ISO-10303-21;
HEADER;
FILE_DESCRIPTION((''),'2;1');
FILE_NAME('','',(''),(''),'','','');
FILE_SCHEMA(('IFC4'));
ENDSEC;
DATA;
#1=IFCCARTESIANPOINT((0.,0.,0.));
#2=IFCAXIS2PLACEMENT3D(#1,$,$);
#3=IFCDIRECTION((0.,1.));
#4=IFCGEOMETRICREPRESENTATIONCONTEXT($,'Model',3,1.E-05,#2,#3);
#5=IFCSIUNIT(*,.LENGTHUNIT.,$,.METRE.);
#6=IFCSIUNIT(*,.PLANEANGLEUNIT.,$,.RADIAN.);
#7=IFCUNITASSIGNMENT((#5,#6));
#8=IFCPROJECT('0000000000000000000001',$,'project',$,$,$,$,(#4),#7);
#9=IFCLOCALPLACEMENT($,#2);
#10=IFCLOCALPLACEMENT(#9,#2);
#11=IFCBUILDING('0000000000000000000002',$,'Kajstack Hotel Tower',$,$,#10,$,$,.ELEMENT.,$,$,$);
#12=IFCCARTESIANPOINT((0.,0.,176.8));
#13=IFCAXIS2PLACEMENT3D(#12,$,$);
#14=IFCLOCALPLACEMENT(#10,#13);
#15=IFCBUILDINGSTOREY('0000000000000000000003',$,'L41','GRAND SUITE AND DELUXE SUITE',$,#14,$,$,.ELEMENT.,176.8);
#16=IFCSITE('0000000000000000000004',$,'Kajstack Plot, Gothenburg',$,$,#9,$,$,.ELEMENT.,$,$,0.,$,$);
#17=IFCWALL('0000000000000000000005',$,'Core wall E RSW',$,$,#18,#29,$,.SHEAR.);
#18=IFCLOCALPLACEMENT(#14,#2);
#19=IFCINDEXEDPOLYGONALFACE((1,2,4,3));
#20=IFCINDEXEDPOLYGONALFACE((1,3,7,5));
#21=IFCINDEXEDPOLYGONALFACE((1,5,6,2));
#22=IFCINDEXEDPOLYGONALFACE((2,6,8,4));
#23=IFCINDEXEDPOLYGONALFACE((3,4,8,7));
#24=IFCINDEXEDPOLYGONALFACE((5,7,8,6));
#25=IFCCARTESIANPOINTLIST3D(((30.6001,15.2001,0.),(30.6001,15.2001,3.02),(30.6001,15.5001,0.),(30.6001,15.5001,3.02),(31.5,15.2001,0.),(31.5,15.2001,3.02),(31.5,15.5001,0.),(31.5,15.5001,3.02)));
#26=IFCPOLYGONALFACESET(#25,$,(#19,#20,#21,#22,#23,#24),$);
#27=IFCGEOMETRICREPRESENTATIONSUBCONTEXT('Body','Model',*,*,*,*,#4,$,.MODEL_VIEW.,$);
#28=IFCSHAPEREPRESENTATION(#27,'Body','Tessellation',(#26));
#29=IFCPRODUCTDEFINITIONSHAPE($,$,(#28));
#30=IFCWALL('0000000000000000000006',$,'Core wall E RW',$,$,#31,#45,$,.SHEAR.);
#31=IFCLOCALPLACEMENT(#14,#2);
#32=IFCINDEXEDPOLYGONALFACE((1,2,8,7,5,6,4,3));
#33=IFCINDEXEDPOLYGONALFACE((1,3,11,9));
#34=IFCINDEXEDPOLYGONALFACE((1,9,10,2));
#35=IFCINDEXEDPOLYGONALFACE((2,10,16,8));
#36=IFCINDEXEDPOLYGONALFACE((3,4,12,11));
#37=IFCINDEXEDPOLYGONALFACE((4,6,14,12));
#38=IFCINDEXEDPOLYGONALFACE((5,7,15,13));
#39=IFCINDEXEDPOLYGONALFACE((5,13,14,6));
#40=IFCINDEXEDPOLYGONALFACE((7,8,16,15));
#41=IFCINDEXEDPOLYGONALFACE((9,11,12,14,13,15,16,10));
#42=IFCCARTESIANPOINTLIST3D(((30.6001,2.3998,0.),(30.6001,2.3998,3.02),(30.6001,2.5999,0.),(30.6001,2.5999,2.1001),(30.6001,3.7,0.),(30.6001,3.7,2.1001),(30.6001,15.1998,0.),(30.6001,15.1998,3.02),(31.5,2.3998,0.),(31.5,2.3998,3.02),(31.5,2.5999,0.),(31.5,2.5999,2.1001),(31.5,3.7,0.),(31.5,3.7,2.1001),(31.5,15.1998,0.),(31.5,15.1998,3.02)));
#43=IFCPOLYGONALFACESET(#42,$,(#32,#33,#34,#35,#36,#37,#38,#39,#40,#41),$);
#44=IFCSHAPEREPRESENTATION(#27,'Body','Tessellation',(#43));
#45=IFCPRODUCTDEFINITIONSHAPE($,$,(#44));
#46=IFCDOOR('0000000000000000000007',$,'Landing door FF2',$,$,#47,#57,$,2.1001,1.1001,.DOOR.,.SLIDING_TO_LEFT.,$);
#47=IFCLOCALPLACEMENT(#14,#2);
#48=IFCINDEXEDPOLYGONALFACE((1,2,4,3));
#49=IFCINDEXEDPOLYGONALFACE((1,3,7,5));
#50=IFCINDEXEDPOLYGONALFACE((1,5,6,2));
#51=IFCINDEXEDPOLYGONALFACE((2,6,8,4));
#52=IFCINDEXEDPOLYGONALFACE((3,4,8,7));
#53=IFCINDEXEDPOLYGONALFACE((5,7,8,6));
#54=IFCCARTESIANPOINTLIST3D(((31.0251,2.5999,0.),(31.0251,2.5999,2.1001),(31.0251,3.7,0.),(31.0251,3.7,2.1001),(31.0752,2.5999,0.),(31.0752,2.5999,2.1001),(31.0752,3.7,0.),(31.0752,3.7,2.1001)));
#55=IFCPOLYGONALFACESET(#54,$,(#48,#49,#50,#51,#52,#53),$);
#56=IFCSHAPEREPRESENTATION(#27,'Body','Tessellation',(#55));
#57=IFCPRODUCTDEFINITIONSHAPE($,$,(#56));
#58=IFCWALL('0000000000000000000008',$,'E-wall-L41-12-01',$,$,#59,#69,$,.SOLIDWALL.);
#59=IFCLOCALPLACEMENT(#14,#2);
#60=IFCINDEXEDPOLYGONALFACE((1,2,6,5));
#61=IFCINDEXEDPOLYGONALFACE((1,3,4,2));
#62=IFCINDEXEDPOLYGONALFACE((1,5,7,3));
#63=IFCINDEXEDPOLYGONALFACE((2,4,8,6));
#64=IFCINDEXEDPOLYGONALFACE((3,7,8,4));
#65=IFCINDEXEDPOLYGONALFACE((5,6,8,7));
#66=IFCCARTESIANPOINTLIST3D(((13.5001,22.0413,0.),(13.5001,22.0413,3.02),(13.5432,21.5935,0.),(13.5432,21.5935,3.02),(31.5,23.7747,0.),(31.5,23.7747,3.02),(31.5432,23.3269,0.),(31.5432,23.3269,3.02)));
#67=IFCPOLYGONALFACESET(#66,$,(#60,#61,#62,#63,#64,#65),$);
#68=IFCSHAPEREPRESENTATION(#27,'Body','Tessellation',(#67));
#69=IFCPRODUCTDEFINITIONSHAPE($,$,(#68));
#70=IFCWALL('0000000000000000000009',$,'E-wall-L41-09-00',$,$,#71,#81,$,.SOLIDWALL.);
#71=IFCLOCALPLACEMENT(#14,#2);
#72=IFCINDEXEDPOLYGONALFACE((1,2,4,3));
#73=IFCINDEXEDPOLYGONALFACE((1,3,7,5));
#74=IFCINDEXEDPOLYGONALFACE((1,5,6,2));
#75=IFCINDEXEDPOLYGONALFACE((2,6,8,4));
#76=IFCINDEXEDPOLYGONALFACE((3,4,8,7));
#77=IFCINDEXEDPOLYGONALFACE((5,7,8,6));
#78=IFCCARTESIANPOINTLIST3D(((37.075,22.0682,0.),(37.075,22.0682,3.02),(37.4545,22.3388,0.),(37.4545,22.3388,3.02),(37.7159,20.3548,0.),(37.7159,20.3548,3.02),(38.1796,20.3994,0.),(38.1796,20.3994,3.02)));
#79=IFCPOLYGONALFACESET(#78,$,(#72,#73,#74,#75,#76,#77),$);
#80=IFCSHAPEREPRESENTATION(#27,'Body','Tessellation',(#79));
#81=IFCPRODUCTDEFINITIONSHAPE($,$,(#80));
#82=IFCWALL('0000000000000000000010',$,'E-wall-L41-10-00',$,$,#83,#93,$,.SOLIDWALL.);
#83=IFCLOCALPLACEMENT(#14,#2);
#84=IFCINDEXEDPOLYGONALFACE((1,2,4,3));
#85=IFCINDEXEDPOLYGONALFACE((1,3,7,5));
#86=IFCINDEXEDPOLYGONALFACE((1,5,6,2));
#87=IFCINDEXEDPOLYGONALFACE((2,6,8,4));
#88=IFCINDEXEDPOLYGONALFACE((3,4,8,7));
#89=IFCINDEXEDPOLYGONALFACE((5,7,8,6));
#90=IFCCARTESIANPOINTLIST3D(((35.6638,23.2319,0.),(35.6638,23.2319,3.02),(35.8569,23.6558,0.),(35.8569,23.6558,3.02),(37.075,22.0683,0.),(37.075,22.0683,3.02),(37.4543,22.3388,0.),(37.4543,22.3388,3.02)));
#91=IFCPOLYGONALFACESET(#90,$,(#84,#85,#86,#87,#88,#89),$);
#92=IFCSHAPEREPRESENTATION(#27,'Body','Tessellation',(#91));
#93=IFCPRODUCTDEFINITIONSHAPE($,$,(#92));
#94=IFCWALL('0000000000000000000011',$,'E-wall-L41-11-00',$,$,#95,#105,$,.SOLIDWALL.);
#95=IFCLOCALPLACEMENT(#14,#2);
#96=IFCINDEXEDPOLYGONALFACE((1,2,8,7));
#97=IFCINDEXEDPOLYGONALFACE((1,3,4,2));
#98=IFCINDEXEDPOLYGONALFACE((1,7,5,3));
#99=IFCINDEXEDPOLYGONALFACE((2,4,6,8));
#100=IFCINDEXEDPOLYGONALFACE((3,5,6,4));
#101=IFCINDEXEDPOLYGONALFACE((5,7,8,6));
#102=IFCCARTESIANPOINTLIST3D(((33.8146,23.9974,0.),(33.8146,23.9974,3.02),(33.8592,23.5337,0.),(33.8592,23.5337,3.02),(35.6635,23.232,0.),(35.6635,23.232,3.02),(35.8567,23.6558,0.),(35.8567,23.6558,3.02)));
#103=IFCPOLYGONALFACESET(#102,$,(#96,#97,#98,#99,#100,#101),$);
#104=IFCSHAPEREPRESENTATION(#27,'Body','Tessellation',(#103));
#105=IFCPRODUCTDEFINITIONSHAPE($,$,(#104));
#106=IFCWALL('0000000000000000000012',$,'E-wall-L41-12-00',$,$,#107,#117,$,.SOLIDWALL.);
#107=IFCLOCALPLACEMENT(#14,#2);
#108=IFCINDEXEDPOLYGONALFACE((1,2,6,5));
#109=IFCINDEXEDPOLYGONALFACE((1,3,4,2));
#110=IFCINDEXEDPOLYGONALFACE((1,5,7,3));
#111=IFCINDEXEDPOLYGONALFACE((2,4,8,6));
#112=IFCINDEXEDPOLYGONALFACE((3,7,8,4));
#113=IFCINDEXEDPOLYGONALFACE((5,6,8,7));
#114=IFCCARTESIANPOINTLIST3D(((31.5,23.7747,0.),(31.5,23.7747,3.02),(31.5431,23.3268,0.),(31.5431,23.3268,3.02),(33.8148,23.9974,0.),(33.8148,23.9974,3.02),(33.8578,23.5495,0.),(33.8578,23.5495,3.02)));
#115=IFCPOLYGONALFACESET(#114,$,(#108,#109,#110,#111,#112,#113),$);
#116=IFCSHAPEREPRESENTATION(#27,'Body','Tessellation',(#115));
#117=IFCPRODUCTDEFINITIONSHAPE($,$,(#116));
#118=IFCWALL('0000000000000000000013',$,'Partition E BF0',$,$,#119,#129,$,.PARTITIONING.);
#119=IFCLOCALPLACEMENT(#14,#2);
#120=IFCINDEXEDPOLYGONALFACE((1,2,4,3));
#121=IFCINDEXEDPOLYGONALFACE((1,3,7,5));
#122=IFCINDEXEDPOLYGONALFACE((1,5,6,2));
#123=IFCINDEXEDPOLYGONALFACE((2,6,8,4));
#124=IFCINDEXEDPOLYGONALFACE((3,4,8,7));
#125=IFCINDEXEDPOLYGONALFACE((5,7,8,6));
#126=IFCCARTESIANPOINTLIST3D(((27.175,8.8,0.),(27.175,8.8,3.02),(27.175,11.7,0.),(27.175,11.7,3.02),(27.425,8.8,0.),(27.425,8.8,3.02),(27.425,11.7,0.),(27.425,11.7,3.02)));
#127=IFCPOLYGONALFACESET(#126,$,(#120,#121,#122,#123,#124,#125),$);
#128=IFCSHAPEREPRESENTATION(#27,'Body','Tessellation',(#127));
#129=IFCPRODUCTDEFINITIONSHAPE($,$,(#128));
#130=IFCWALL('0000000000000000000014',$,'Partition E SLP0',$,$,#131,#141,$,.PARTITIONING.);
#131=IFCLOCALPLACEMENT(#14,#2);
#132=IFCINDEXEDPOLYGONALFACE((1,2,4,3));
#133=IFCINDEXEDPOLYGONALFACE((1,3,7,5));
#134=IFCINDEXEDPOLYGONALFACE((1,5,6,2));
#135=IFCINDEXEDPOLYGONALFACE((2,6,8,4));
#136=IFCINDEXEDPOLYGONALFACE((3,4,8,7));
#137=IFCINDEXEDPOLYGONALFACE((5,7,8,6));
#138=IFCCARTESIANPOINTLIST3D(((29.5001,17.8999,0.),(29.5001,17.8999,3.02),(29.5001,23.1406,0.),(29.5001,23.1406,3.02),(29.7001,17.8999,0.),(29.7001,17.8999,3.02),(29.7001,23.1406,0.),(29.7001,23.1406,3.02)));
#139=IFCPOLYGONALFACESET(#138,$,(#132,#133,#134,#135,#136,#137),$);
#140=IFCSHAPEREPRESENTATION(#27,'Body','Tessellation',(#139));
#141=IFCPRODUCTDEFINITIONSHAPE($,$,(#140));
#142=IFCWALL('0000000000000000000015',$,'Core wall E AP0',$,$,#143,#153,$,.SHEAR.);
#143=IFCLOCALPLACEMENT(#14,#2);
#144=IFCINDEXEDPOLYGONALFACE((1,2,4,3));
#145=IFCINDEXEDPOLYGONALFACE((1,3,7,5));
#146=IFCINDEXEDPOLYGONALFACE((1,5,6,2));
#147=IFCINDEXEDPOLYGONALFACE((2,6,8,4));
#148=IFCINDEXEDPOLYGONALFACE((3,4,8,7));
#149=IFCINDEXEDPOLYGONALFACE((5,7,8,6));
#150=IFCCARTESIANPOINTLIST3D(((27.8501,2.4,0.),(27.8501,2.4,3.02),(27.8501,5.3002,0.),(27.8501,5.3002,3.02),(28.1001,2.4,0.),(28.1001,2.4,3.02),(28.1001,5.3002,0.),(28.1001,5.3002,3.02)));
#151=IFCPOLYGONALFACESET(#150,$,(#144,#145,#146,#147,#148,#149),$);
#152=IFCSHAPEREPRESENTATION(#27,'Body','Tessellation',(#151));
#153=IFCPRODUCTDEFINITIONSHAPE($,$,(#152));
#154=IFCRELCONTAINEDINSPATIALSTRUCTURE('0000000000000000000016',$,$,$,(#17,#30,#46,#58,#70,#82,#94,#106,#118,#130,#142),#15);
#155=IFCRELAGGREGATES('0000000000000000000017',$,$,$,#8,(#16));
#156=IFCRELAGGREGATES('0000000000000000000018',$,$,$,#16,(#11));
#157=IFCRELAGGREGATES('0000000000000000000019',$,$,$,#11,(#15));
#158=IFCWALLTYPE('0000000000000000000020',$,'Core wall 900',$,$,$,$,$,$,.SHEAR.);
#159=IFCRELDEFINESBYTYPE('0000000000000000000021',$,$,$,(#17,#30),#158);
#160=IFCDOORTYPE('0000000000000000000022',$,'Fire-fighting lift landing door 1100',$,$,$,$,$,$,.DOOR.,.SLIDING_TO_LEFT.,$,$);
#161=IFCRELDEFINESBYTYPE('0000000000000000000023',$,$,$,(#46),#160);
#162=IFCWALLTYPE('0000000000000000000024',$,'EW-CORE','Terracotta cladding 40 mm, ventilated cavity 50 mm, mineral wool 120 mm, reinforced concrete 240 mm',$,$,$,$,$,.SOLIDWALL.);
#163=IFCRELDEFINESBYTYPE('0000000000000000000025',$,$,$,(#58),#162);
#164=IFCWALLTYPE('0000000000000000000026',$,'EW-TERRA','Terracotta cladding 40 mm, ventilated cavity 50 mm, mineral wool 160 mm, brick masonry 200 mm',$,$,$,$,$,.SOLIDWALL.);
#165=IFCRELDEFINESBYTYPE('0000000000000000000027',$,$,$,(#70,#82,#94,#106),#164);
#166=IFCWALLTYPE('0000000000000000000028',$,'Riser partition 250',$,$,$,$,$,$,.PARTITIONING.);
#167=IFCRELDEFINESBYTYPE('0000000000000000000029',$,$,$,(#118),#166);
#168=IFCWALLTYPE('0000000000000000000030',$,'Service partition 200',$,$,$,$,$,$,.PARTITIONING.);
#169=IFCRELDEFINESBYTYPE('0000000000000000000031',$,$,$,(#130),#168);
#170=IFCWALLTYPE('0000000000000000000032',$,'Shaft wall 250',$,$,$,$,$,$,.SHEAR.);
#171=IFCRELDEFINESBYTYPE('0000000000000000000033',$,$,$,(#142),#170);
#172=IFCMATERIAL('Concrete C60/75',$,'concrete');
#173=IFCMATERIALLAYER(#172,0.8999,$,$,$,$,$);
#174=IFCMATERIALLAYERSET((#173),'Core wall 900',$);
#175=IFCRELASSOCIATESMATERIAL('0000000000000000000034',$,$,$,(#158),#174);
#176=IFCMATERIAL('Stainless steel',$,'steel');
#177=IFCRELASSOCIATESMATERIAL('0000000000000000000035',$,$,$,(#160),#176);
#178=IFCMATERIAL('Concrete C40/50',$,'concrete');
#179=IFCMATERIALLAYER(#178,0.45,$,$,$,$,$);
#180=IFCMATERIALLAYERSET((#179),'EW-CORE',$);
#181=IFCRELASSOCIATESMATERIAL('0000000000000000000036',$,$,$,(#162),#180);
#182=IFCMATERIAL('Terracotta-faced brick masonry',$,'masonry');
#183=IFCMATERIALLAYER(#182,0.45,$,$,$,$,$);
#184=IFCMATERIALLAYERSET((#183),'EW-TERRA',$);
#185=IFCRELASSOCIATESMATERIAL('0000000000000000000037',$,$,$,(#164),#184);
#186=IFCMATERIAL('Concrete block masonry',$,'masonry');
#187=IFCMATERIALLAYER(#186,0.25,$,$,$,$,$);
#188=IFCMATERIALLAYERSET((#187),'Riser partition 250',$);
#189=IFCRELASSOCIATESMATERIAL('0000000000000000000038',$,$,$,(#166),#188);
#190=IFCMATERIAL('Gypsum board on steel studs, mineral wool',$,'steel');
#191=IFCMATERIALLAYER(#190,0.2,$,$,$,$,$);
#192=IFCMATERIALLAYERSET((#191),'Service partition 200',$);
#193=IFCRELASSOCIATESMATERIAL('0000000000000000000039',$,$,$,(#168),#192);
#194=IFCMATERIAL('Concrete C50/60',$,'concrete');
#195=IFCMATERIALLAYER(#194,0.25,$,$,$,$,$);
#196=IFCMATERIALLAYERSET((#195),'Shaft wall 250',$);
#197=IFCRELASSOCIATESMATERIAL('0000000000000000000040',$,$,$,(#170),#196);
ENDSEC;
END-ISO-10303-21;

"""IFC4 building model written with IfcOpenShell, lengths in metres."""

from ifc_helpers import new_model, si_unit, direction, frame, frame_2d, origin, place, context, subcontext, project, spatial, polyline, rectangle, outline, extrude, material, layer, layer_set, type_object, element, fill, save


model = new_model("IFC4")

# Units and contexts
model_context = context("Model", 3, precision=1e-05, world=origin(), true_north=direction((0.0, 1.0)))
body_context = subcontext(model_context, "Body", "Model", "MODEL_VIEW")
ifc_project = project(units=[si_unit("LENGTHUNIT", "METRE"), si_unit("PLANEANGLEUNIT", "RADIAN")], contexts=[model_context])

# Site, building, storey
site_placement = place(None, origin())
site = spatial("IfcSite", under=ifc_project, at=site_placement, Name="Kajstack Plot, Gothenburg", CompositionType="ELEMENT", RefElevation=0.0)
building_placement = place(site_placement, origin())
building = spatial("IfcBuilding", under=site, at=building_placement, Name="Kajstack Hotel Tower", CompositionType="ELEMENT")
storey_placement = place(building_placement, frame((0.0, 0.0, 176.8)))
storey = spatial("IfcBuildingStorey", under=building, at=storey_placement, Name="L41", Description="GRAND SUITE AND DELUXE SUITE", CompositionType="ELEMENT", Elevation=176.8)

# Wall
ifc_material_1 = material(Name="Concrete C60/75", Category="concrete")
ifc_layer_1 = layer(ifc_material_1, 0.8999)
ifc_layer_set_1 = layer_set([ifc_layer_1], Name="Core wall 900")
wall_type_1 = type_object("IfcWallType", Name="Core wall 900", PredefinedType="SHEAR", material=ifc_layer_set_1)
wall_1_placement = place(storey_placement, frame((30.6001, 15.3501, 0.0), z_axis=(0.0, 0.0, 1.0), x_axis=(1.0, 0.0, 0.0)))
element("IfcWall", 1, at=wall_1_placement, inside=storey, type_object=wall_type_1, Name="Core wall E RSW", PredefinedType="SHEAR", context=body_context, shape_type="SweptSolid", body=[
    extrude(rectangle(XDim=0.8999, YDim=0.3, at=frame_2d((0.45, 0.0))), origin(), (0.0, 0.0, 1.0), 3.02),
])

# Wall, opening, door
wall_2_placement = place(storey_placement, frame((31.05, 2.3999, 0.0), z_axis=(0.0, 0.0, 1.0), x_axis=(0.0, 1.0, 0.0)))
wall_2 = element("IfcWall", 2, at=wall_2_placement, inside=storey, type_object=wall_type_1, Name="Core wall E RW", PredefinedType="SHEAR", context=body_context, shape_type="SweptSolid", body=[
    extrude(rectangle(XDim=12.8, YDim=0.8999, at=frame_2d((6.3999, 0.0))), origin(), (0.0, 0.0, 1.0), 3.02),
])
opening_1_placement = place(wall_2_placement, frame((0.2, 0.0, 0.0)))
opening_1 = element("IfcOpeningElement", 3, at=opening_1_placement, cuts=wall_2, PredefinedType="OPENING", context=body_context, shape_type="SweptSolid", body=[
    extrude(rectangle(XDim=1.1001, YDim=2.1001, at=frame_2d((0.55, 1.05))), frame((0.0, 0.46, 0.0), z_axis=(0.0, -1.0, 0.0), x_axis=(1.0, 0.0, 0.0)), (0.0, 0.0, 1.0), 0.9199),
])
ifc_material_2 = material(Name="Stainless steel", Category="steel")
door_type_1 = type_object("IfcDoorType", Name="Fire-fighting lift landing door 1100", OperationType="SLIDING_TO_LEFT", PredefinedType="DOOR", material=ifc_material_2)
door_1_placement = place(opening_1_placement, origin())
door_1 = element("IfcDoor", 4, at=door_1_placement, inside=storey, type_object=door_type_1, Name="Landing door FF2", OperationType="SLIDING_TO_LEFT", OverallHeight=2.1001, OverallWidth=1.1001, PredefinedType="DOOR", context=body_context, shape_type="SweptSolid", body=[
    extrude(rectangle(XDim=1.1001, YDim=2.1001, at=frame_2d((0.55, 1.05))), frame((0.0, 0.0249, 0.0), z_axis=(0.0, -1.0, 0.0), x_axis=(1.0, 0.0, 0.0)), (0.0, 0.0, 1.0), 0.05),
])
fill(opening_1, door_1)

# Walls
ifc_material_3 = material(Name="Concrete C40/50", Category="concrete")
ifc_layer_2 = layer(ifc_material_3, 0.45)
ifc_layer_set_2 = layer_set([ifc_layer_2], Name="EW-CORE")
wall_type_2 = type_object("IfcWallType", Name="EW-CORE", Description="Terracotta cladding 40 mm, ventilated cavity 50 mm, mineral wool 120 mm, reinforced concrete 240 mm", PredefinedType="SOLIDWALL", material=ifc_layer_set_2)
wall_3_placement = place(storey_placement, frame((31.5215, 23.5508, 0.0), z_axis=(0.0, 0.0, 1.0), x_axis=(-0.995395, -0.095856, 0.0)))
element("IfcWall", 5, at=wall_3_placement, inside=storey, type_object=wall_type_2, Name="E-wall-L41-12-01", PredefinedType="SOLIDWALL", context=body_context, shape_type="SweptSolid", body=[
    extrude(rectangle(XDim=18.0833, YDim=0.45, at=frame_2d((9.0415, 0.0))), origin(), (0.0, 0.0, 1.0), 3.02),
])
ifc_material_4 = material(Name="Terracotta-faced brick masonry", Category="masonry")
ifc_layer_3 = layer(ifc_material_4, 0.45)
ifc_layer_set_3 = layer_set([ifc_layer_3], Name="EW-TERRA")
wall_type_3 = type_object("IfcWallType", Name="EW-TERRA", Description="Terracotta cladding 40 mm, ventilated cavity 50 mm, mineral wool 160 mm, brick masonry 200 mm", PredefinedType="SOLIDWALL", material=ifc_layer_set_3)
wall_4_placement = place(storey_placement, frame((37.9688, 20.3206, 0.0), z_axis=(0.0, 0.0, 1.0), x_axis=(-0.350193, 0.936678, 0.0)))
element("IfcWall", 6, at=wall_4_placement, inside=storey, type_object=wall_type_3, Name="E-wall-L41-09-00", PredefinedType="SOLIDWALL", context=body_context, shape_type="SweptSolid", body=[
    extrude(outline(polyline([(0.0, -0.2251), (2.0706, -0.2251), (1.95, 0.2251), (0.1206, 0.2249), (0.0, -0.2251)])), origin(), (0.0, 0.0, 1.0), 3.02),
])
wall_5_placement = place(storey_placement, frame((37.3113, 22.1653, 0.0), z_axis=(0.0, 0.0, 1.0), x_axis=(-0.771651, 0.636046, 0.0)))
element("IfcWall", 7, at=wall_5_placement, inside=storey, type_object=wall_type_3, Name="E-wall-L41-10-00", PredefinedType="SOLIDWALL", context=body_context, shape_type="SweptSolid", body=[
    extrude(outline(polyline([(0.0, -0.2249), (2.0703, -0.2251), (1.9497, 0.2249), (0.1206, 0.2251), (0.0, -0.2249)])), origin(), (0.0, 0.0, 1.0), 3.02),
])
wall_6_placement = place(storey_placement, frame((35.8196, 23.4338, 0.0), z_axis=(0.0, 0.0, 1.0), x_axis=(-0.986279, 0.165087, 0.0)))
element("IfcWall", 8, at=wall_6_placement, inside=storey, type_object=wall_type_3, Name="E-wall-L41-11-00", PredefinedType="SOLIDWALL", context=body_context, shape_type="SweptSolid", body=[
    extrude(outline(polyline([(0.0, -0.2251), (2.0706, -0.2249), (1.95, 0.2251), (0.1206, 0.2249), (0.0, -0.2251)])), origin(), (0.0, 0.0, 1.0), 3.02),
])
wall_7_placement = place(storey_placement, frame((33.8362, 23.7734, 0.0), z_axis=(0.0, 0.0, 1.0), x_axis=(-0.995405, -0.09575, 0.0)))
element("IfcWall", 9, at=wall_7_placement, inside=storey, type_object=wall_type_3, Name="E-wall-L41-12-00", PredefinedType="SOLIDWALL", context=body_context, shape_type="SweptSolid", body=[
    extrude(rectangle(XDim=2.3254, YDim=0.45, at=frame_2d((1.1626, 0.0))), origin(), (0.0, 0.0, 1.0), 3.02),
])
ifc_material_5 = material(Name="Concrete block masonry", Category="masonry")
ifc_layer_4 = layer(ifc_material_5, 0.25)
ifc_layer_set_4 = layer_set([ifc_layer_4], Name="Riser partition 250")
wall_type_4 = type_object("IfcWallType", Name="Riser partition 250", PredefinedType="PARTITIONING", material=ifc_layer_set_4)
wall_8_placement = place(storey_placement, frame((27.3, 8.8, 0.0), z_axis=(0.0, 0.0, 1.0), x_axis=(0.0, 1.0, 0.0)))
element("IfcWall", 10, at=wall_8_placement, inside=storey, type_object=wall_type_4, Name="Partition E BF0", PredefinedType="PARTITIONING", context=body_context, shape_type="SweptSolid", body=[
    extrude(rectangle(XDim=2.8999, YDim=0.25, at=frame_2d((1.45, 0.0))), origin(), (0.0, 0.0, 1.0), 3.02),
])
ifc_material_6 = material(Name="Gypsum board on steel studs, mineral wool", Category="steel")
ifc_layer_5 = layer(ifc_material_6, 0.2)
ifc_layer_set_5 = layer_set([ifc_layer_5], Name="Service partition 200")
wall_type_5 = type_object("IfcWallType", Name="Service partition 200", PredefinedType="PARTITIONING", material=ifc_layer_set_5)
wall_9_placement = place(storey_placement, frame((29.6001, 17.8999, 0.0), z_axis=(0.0, 0.0, 1.0), x_axis=(0.0, 1.0, 0.0)))
element("IfcWall", 11, at=wall_9_placement, inside=storey, type_object=wall_type_5, Name="Partition E SLP0", PredefinedType="PARTITIONING", context=body_context, shape_type="SweptSolid", body=[
    extrude(rectangle(XDim=5.2407, YDim=0.2, at=frame_2d((2.6204, 0.0))), origin(), (0.0, 0.0, 1.0), 3.02),
])
ifc_material_7 = material(Name="Concrete C50/60", Category="concrete")
ifc_layer_6 = layer(ifc_material_7, 0.25)
ifc_layer_set_6 = layer_set([ifc_layer_6], Name="Shaft wall 250")
wall_type_6 = type_object("IfcWallType", Name="Shaft wall 250", PredefinedType="SHEAR", material=ifc_layer_set_6)
wall_10_placement = place(storey_placement, frame((27.9751, 2.3999, 0.0), z_axis=(0.0, 0.0, 1.0), x_axis=(0.0, 1.0, 0.0)))
element("IfcWall", 12, at=wall_10_placement, inside=storey, type_object=wall_type_6, Name="Core wall E AP0", PredefinedType="SHEAR", context=body_context, shape_type="SweptSolid", body=[
    extrude(rectangle(XDim=2.9001, YDim=0.25, at=frame_2d((1.4502, 0.0))), origin(), (0.0, 0.0, 1.0), 3.02),
])

save(model, "model.ifc")
